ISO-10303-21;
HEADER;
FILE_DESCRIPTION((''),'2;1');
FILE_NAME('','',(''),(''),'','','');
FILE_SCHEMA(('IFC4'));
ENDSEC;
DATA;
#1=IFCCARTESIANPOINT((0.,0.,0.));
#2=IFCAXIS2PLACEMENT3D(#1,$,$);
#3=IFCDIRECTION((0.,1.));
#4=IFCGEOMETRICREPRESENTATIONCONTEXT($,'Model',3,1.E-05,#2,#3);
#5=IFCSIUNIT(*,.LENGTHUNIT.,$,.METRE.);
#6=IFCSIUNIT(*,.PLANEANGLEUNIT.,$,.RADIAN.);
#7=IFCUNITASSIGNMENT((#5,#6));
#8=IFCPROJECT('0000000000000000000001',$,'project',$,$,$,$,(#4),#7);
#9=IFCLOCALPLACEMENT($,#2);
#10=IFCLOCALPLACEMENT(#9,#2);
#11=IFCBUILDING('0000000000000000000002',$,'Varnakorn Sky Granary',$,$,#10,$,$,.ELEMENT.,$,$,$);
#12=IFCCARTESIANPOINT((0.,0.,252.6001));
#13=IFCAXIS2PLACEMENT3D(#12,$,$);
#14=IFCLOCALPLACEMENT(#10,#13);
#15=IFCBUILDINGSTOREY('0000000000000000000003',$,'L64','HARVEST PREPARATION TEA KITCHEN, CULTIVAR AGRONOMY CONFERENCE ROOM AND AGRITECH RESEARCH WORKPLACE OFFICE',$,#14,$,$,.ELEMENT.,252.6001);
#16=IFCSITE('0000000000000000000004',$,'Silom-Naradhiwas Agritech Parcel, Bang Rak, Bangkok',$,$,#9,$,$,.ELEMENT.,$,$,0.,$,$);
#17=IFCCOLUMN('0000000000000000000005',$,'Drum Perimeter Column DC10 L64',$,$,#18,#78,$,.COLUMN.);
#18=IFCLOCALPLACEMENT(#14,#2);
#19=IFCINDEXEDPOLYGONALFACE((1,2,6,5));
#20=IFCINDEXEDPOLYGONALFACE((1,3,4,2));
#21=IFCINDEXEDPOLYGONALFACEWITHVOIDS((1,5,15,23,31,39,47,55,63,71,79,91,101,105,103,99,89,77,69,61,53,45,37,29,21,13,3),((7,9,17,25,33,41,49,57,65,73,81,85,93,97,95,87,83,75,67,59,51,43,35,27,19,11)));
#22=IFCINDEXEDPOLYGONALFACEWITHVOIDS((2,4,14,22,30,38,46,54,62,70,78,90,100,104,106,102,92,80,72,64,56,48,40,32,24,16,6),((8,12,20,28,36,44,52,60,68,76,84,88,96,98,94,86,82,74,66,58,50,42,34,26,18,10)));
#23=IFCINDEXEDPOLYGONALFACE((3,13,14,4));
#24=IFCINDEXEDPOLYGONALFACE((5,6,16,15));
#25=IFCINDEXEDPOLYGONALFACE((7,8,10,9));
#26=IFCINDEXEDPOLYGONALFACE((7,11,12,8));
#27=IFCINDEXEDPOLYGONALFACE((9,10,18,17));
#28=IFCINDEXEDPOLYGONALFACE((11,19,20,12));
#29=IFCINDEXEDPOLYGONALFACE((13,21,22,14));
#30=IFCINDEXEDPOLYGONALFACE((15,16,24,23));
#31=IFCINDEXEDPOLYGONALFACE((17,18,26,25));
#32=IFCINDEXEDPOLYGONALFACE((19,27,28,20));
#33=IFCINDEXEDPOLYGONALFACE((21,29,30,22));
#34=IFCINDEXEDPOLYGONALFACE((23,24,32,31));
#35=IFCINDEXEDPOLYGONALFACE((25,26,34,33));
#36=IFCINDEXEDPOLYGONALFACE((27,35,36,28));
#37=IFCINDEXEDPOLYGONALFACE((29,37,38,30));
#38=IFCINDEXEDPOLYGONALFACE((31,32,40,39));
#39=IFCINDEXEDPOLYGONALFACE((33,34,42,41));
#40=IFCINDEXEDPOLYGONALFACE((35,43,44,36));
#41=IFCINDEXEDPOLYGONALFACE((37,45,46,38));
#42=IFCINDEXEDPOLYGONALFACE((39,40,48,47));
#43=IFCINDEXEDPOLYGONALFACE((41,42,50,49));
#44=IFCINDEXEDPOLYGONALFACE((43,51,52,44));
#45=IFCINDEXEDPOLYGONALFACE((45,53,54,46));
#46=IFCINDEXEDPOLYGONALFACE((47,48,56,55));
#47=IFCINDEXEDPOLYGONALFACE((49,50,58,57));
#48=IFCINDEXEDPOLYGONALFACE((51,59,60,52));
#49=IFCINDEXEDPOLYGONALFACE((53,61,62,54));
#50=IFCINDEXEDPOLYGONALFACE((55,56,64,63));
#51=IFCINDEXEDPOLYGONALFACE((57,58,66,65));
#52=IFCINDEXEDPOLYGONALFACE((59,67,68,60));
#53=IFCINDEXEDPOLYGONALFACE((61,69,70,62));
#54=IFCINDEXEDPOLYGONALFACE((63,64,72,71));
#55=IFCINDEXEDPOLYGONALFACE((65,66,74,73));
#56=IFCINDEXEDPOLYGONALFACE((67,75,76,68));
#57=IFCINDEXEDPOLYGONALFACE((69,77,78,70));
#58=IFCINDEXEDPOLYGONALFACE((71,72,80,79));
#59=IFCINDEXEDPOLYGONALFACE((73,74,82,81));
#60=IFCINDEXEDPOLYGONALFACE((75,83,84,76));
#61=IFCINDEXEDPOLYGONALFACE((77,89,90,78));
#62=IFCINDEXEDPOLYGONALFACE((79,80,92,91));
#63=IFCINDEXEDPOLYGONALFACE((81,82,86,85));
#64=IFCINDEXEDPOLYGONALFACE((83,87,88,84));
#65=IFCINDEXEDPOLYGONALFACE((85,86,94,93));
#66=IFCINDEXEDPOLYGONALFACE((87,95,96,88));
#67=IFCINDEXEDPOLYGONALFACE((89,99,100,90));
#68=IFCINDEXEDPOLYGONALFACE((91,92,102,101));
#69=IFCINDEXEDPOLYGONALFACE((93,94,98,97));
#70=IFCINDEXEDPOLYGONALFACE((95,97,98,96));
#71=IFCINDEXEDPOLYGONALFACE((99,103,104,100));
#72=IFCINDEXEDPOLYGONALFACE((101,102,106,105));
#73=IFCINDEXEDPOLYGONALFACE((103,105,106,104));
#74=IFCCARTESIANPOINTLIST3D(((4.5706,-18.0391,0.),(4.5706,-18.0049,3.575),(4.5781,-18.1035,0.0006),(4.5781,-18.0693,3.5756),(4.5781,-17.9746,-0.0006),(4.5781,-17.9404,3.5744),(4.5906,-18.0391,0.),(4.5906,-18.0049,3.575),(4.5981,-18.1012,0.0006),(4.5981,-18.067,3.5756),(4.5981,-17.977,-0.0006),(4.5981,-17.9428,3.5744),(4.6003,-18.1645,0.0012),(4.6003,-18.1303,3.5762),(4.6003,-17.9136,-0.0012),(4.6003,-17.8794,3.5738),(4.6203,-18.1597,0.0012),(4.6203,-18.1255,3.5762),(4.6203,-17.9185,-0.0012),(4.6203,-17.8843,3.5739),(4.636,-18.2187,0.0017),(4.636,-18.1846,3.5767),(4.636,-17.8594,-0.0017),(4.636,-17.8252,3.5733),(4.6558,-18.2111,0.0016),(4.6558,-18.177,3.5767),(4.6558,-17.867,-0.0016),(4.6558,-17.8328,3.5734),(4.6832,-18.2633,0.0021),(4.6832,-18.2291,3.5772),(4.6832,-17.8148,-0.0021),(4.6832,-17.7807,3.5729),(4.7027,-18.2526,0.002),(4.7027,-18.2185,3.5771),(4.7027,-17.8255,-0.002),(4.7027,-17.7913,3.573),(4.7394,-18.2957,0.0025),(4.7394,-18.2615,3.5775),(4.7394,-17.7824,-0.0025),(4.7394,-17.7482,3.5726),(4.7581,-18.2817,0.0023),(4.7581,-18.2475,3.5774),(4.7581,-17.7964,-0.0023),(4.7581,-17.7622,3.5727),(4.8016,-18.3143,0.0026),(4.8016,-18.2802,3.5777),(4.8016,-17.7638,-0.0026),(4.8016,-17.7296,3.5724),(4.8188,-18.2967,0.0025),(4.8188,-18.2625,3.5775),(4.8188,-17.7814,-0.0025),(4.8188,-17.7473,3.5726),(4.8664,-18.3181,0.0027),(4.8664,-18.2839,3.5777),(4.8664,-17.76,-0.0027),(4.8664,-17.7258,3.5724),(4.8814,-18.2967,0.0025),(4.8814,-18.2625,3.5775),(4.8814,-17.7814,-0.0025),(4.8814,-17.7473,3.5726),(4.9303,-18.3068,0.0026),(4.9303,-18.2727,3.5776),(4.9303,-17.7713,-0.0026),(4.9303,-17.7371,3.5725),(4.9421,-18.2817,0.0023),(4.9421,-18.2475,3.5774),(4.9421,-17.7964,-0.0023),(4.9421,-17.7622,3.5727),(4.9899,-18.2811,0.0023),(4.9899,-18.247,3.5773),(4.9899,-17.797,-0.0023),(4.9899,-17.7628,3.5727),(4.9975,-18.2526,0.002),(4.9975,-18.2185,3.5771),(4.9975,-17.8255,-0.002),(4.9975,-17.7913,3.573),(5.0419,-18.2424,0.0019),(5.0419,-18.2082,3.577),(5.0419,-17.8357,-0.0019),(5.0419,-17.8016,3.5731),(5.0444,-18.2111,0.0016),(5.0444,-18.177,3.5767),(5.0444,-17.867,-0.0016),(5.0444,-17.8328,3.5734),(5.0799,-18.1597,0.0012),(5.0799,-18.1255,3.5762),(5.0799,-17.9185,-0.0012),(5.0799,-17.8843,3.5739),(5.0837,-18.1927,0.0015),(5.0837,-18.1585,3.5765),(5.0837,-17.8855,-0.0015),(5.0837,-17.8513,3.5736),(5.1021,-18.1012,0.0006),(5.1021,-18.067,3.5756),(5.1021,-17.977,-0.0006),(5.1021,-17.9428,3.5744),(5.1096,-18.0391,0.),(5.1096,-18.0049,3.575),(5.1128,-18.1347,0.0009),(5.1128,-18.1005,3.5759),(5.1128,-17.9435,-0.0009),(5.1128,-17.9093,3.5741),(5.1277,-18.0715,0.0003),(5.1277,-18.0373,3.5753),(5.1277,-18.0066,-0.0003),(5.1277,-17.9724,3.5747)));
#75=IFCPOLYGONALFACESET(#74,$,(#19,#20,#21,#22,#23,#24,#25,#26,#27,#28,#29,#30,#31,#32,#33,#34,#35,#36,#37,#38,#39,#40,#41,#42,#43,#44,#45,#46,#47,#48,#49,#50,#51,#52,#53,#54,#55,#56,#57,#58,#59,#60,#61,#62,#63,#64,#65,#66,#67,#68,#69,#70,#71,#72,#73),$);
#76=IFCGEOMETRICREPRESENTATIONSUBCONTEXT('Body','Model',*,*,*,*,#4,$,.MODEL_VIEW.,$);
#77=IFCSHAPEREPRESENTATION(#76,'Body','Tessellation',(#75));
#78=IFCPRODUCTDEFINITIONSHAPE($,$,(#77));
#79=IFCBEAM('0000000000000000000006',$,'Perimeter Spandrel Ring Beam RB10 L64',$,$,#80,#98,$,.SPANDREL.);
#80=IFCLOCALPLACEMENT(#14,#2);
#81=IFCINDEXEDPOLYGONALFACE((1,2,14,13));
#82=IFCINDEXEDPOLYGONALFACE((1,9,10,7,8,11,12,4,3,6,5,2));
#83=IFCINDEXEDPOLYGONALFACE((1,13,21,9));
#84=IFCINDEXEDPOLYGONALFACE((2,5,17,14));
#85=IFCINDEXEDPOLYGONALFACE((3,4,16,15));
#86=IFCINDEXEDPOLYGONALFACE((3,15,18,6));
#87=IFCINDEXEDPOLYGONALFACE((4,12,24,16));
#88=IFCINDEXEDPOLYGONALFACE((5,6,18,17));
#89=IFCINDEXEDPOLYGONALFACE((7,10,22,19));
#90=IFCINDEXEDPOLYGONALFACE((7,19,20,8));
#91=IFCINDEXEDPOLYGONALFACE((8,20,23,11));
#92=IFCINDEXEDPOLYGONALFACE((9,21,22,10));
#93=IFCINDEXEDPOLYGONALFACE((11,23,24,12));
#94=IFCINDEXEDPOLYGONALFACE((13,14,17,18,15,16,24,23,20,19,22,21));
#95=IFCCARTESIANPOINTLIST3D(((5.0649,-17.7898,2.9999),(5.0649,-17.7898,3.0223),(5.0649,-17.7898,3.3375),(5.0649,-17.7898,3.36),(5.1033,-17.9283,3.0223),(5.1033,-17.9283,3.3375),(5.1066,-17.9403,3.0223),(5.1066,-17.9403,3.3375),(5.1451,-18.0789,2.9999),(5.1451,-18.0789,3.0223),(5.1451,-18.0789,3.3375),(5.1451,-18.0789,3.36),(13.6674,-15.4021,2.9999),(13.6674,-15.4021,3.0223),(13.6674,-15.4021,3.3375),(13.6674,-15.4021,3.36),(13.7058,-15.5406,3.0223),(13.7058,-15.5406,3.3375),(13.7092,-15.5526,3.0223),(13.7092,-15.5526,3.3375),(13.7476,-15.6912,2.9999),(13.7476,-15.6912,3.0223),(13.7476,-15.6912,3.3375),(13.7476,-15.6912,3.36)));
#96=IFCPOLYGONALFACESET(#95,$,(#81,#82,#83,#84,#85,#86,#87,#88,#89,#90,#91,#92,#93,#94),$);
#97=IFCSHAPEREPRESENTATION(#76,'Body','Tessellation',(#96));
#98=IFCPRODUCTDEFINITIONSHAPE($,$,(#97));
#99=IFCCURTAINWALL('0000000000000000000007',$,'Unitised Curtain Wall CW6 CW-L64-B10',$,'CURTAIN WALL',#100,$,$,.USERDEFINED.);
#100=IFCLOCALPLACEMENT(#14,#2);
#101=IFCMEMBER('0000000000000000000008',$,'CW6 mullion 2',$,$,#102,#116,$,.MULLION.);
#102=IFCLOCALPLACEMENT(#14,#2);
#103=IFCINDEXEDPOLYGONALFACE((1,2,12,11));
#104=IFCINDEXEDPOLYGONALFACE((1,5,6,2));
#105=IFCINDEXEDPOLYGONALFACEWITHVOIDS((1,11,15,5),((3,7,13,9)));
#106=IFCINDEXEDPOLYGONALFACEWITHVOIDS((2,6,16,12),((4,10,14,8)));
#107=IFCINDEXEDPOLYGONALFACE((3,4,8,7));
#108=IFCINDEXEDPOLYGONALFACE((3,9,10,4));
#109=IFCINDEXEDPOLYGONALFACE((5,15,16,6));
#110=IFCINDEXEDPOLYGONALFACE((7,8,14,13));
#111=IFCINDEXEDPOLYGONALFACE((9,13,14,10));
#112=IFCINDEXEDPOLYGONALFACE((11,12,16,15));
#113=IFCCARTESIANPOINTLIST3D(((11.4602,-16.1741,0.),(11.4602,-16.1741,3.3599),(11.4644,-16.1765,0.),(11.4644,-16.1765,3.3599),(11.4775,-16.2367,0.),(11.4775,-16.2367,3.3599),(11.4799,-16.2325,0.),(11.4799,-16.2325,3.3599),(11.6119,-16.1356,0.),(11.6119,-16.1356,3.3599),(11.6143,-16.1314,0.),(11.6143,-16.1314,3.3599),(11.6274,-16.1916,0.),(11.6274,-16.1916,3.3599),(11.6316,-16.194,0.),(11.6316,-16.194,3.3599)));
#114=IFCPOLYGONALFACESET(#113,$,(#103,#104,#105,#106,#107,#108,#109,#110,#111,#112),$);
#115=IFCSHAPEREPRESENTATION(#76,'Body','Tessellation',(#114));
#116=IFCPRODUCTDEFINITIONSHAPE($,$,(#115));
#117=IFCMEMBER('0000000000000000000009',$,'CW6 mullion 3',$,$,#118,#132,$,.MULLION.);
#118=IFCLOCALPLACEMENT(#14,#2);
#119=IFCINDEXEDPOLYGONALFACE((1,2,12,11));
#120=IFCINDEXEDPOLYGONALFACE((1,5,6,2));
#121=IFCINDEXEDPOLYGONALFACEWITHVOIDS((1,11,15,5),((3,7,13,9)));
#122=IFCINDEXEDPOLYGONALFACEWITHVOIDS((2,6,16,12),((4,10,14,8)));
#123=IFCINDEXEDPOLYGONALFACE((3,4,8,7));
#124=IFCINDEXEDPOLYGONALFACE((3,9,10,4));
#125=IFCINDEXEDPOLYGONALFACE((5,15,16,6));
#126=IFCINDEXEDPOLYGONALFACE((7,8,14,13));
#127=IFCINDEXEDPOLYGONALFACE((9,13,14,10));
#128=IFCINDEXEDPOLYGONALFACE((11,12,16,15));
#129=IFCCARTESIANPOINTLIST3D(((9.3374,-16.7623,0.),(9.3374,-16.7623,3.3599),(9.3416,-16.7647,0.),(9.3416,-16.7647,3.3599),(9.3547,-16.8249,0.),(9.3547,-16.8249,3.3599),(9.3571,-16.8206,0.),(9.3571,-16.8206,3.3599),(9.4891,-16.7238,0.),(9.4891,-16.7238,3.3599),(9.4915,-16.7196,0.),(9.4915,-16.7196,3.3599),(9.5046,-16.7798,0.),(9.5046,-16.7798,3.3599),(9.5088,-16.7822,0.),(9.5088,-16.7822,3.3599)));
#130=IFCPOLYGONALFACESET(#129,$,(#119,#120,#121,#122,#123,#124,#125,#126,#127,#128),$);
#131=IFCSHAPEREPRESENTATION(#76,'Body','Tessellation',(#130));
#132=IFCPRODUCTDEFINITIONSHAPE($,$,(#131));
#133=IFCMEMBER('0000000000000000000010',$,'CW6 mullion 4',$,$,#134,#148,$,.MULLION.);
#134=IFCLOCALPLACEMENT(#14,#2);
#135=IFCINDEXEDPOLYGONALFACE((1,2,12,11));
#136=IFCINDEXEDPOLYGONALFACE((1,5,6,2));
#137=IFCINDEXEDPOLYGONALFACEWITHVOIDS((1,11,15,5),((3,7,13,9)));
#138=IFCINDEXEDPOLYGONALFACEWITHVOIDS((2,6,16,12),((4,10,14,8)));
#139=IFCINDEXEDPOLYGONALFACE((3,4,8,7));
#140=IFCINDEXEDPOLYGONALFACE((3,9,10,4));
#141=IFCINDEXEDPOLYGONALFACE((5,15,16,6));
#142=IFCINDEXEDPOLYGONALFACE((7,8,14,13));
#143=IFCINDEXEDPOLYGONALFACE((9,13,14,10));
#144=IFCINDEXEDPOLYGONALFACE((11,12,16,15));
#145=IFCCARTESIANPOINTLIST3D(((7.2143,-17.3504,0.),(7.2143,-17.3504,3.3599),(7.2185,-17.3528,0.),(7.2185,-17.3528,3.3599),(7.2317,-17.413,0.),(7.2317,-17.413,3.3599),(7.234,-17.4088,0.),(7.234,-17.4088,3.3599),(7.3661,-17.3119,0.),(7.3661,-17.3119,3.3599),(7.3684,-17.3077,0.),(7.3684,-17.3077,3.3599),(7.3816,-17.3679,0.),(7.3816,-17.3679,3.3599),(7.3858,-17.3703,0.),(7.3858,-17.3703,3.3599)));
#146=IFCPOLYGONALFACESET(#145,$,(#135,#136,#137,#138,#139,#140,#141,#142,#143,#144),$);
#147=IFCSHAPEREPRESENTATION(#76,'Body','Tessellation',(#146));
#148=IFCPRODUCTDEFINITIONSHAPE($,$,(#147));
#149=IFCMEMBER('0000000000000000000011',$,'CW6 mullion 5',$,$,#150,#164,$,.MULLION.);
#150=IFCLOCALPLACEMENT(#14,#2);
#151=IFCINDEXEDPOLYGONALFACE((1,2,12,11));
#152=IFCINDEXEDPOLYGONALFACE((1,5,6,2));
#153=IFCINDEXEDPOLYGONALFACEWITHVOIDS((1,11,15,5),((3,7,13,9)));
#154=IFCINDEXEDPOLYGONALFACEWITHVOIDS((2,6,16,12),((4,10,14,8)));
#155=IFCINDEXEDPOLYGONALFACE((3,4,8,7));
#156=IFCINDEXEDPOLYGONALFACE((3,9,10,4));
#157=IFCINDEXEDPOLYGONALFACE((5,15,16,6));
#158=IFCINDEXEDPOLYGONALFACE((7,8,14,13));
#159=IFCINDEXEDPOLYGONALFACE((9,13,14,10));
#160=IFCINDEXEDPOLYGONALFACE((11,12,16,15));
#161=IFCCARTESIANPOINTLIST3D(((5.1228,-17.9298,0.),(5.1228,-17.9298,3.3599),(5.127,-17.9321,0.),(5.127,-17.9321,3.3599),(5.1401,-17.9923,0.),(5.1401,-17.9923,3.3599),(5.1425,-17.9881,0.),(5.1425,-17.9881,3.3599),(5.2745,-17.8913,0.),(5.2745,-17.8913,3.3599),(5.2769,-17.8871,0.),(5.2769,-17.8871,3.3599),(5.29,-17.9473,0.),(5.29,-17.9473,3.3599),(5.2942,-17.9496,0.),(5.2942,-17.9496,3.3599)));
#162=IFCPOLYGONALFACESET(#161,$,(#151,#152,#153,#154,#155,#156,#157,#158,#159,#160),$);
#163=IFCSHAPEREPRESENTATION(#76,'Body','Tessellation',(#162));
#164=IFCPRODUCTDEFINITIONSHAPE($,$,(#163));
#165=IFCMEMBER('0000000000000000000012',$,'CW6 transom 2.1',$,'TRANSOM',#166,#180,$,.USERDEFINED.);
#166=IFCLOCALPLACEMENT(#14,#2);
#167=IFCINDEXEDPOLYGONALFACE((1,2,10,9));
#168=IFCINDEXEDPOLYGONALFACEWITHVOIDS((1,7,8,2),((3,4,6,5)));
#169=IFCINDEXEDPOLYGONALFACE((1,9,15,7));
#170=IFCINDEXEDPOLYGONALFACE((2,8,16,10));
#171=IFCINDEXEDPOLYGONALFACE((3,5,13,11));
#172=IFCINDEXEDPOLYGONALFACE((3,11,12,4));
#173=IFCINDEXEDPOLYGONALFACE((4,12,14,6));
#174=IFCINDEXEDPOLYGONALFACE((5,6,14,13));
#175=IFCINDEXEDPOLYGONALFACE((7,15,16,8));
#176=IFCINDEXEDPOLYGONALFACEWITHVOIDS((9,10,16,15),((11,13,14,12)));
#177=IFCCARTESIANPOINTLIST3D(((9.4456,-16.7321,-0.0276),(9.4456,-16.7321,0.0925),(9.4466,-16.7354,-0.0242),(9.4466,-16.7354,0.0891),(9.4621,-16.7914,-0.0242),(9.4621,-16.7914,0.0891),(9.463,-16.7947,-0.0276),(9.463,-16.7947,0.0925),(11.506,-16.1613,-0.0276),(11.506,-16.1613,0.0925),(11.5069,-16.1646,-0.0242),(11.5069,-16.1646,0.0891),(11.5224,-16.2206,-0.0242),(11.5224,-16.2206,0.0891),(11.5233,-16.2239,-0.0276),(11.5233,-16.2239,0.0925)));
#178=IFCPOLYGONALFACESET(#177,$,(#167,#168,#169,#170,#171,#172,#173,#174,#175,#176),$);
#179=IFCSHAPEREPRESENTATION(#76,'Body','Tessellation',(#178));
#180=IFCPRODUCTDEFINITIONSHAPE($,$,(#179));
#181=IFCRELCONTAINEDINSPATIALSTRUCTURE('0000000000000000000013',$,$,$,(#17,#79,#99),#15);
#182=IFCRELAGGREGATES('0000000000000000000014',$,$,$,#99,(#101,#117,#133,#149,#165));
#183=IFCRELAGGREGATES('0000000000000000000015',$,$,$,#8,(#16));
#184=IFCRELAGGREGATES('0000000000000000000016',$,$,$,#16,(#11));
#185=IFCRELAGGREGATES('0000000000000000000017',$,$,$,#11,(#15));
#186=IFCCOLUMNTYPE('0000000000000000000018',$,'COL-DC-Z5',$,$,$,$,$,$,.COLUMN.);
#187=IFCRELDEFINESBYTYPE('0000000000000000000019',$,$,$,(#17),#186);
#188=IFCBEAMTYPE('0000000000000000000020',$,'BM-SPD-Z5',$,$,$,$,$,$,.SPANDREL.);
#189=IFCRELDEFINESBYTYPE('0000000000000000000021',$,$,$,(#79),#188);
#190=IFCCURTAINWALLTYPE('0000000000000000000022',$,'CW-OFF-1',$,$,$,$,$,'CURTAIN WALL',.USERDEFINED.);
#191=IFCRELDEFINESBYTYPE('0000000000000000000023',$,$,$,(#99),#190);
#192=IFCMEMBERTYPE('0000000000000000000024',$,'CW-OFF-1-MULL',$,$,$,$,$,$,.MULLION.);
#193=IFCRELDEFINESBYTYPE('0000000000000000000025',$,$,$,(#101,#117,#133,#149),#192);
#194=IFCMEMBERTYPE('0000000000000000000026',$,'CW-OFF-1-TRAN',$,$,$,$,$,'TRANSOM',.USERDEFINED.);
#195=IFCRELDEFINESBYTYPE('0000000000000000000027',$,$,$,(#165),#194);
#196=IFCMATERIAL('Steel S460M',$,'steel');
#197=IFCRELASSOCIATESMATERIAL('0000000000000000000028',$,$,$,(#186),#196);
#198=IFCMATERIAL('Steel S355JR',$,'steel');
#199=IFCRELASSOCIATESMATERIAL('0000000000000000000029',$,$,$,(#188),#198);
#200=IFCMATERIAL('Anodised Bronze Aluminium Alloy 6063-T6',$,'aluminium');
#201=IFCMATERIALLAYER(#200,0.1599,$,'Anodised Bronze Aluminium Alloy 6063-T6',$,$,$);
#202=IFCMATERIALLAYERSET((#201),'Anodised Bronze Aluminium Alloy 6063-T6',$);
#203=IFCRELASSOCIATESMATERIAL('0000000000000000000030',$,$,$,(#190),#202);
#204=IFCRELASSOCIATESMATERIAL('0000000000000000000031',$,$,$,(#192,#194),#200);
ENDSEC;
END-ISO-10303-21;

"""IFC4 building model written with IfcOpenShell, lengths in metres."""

from ifc_helpers import new_model, si_unit, direction, frame, origin, origin_2d, place, context, subcontext, project, spatial, hollow_rectangle, hollow_circle, i_section, extrude, material, layer, layer_set, material_profile, profile_set, type_object, element, aggregate, save


model = new_model("IFC4")

# Units and contexts
model_context = context("Model", 3, precision=1e-05, world=origin(), true_north=direction((0.0, 1.0)))
body_context = subcontext(model_context, "Body", "Model", "MODEL_VIEW")
ifc_project = project(units=[si_unit("LENGTHUNIT", "METRE"), si_unit("PLANEANGLEUNIT", "RADIAN")], contexts=[model_context])

# Site, building, storey
site_placement = place(None, origin())
site = spatial("IfcSite", under=ifc_project, at=site_placement, Name="Silom-Naradhiwas Agritech Parcel, Bang Rak, Bangkok", CompositionType="ELEMENT", RefElevation=0.0)
building_placement = place(site_placement, origin())
building = spatial("IfcBuilding", under=site, at=building_placement, Name="Varnakorn Sky Granary", CompositionType="ELEMENT")
storey_placement = place(building_placement, frame((0.0, 0.0, 252.6001)))
storey = spatial("IfcBuildingStorey", under=building, at=storey_placement, Name="L64", Description="HARVEST PREPARATION TEA KITCHEN, CULTIVAR AGRONOMY CONFERENCE ROOM AND AGRITECH RESEARCH WORKPLACE OFFICE", CompositionType="ELEMENT", Elevation=252.6001)

# Column
ifc_material_1 = material(Name="Steel S460M", Category="steel")
ifc_material_profile_1 = material_profile(ifc_material_1, hollow_circle(Radius=0.2795, WallThickness=0.02, at=origin_2d()), Name="CHS 559x20")
ifc_profile_set_1 = profile_set([ifc_material_profile_1], Name="Steel S460M")
column_type = type_object("IfcColumnType", Name="COL-DC-Z5", PredefinedType="COLUMN", material=ifc_profile_set_1)
column_placement = place(storey_placement, frame((4.8501, -18.0391, 0.0), z_axis=(0.0, 0.00956, 0.999954), x_axis=(-1.0, 0.0, 0.0)))
element("IfcColumn", 1, at=column_placement, inside=storey, type_object=column_type, Name="Drum Perimeter Column DC10 L64", PredefinedType="COLUMN", context=body_context, shape_type="SweptSolid", body=[
    extrude(hollow_circle(Radius=0.2795, WallThickness=0.02, at=origin_2d()), origin(), (0.0, 0.0, 1.0), 3.5752),
])

# Beam
ifc_material_2 = material(Name="Steel S355JR", Category="steel")
ifc_material_profile_2 = material_profile(ifc_material_2, i_section(OverallWidth=0.3, OverallDepth=0.3601, WebThickness=0.0125, FlangeThickness=0.0225, at=origin_2d()), Name="HE 360 B")
ifc_profile_set_2 = profile_set([ifc_material_profile_2], Name="Steel S355JR")
beam_type = type_object("IfcBeamType", Name="BM-SPD-Z5", PredefinedType="SPANDREL", material=ifc_profile_set_2)
beam_placement = place(storey_placement, frame((5.105, -17.9343, 3.1799), z_axis=(0.963573, 0.267446, 0.0), x_axis=(-0.267446, 0.963573, 0.0)))
element("IfcBeam", 2, at=beam_placement, inside=storey, type_object=beam_type, Name="Perimeter Spandrel Ring Beam RB10 L64", PredefinedType="SPANDREL", context=body_context, shape_type="SweptSolid", body=[
    extrude(i_section(OverallWidth=0.3, OverallDepth=0.3601, WebThickness=0.0125, FlangeThickness=0.0225, at=origin_2d()), origin(), (0.0, 0.0, 1.0), 8.9277),
])

# Curtain wall, members
ifc_material_3 = material(Name="Anodised Bronze Aluminium Alloy 6063-T6", Category="aluminium")
ifc_layer_1 = layer(ifc_material_3, 0.1599, Name="Anodised Bronze Aluminium Alloy 6063-T6")
ifc_layer_set_1 = layer_set([ifc_layer_1], Name="Anodised Bronze Aluminium Alloy 6063-T6")
curtain_wall_type = type_object("IfcCurtainWallType", Name="CW-OFF-1", ElementType="CURTAIN WALL", PredefinedType="USERDEFINED", material=ifc_layer_set_1)
curtain_wall_placement = place(storey_placement, origin())
curtain_wall = element("IfcCurtainWall", 3, at=curtain_wall_placement, inside=storey, type_object=curtain_wall_type, Name="Unitised Curtain Wall CW6 CW-L64-B10", ObjectType="CURTAIN WALL", PredefinedType="USERDEFINED")
ifc_material_profile_3 = material_profile(ifc_material_3, hollow_rectangle(XDim=0.0649, YDim=0.1599, WallThickness=0.0034, at=origin_2d()), Name="ALU MULL 65x160")
ifc_profile_set_3 = profile_set([ifc_material_profile_3], Name="Anodised Bronze Aluminium Alloy 6063-T6")
member_type_1 = type_object("IfcMemberType", Name="CW-OFF-1-MULL", PredefinedType="MULLION", material=ifc_profile_set_3)
member_1_placement = place(storey_placement, frame((11.5459, -16.1841, 0.0), z_axis=(0.0, 0.0, 1.0), x_axis=(0.266982, -0.963701, 0.0)))
member_1 = element("IfcMember", 4, at=member_1_placement, type_object=member_type_1, Name="CW6 mullion 2", PredefinedType="MULLION", context=body_context, shape_type="SweptSolid", body=[
    extrude(hollow_rectangle(XDim=0.0649, YDim=0.1599, WallThickness=0.0034, at=origin_2d()), origin(), (0.0, 0.0, 1.0), 3.3599),
])
member_2_placement = place(storey_placement, frame((9.4231, -16.7722, 0.0), z_axis=(0.0, 0.0, 1.0), x_axis=(0.266982, -0.963701, 0.0)))
member_2 = element("IfcMember", 5, at=member_2_placement, type_object=member_type_1, Name="CW6 mullion 3", PredefinedType="MULLION", context=body_context, shape_type="SweptSolid", body=[
    extrude(hollow_rectangle(XDim=0.0649, YDim=0.1599, WallThickness=0.0034, at=origin_2d()), origin(), (0.0, 0.0, 1.0), 3.3599),
])
member_3_placement = place(storey_placement, frame((7.3, -17.3604, 0.0), z_axis=(0.0, 0.0, 1.0), x_axis=(0.266982, -0.963701, 0.0)))
member_3 = element("IfcMember", 6, at=member_3_placement, type_object=member_type_1, Name="CW6 mullion 4", PredefinedType="MULLION", context=body_context, shape_type="SweptSolid", body=[
    extrude(hollow_rectangle(XDim=0.0649, YDim=0.1599, WallThickness=0.0034, at=origin_2d()), origin(), (0.0, 0.0, 1.0), 3.3599),
])
member_4_placement = place(storey_placement, frame((5.2085, -17.9397, 0.0), z_axis=(0.0, 0.0, 1.0), x_axis=(0.266982, -0.963701, 0.0)))
member_4 = element("IfcMember", 7, at=member_4_placement, type_object=member_type_1, Name="CW6 mullion 5", PredefinedType="MULLION", context=body_context, shape_type="SweptSolid", body=[
    extrude(hollow_rectangle(XDim=0.0649, YDim=0.1599, WallThickness=0.0034, at=origin_2d()), origin(), (0.0, 0.0, 1.0), 3.3599),
])
ifc_material_profile_4 = material_profile(ifc_material_3, hollow_rectangle(XDim=0.0649, YDim=0.1201, WallThickness=0.0034, at=origin_2d()), Name="ALU TRAN 65x120")
ifc_profile_set_4 = profile_set([ifc_material_profile_4], Name="Anodised Bronze Aluminium Alloy 6063-T6")
member_type_2 = type_object("IfcMemberType", Name="CW-OFF-1-TRAN", ElementType="TRANSOM", PredefinedType="USERDEFINED", material=ifc_profile_set_4)
member_5_placement = place(storey_placement, frame((11.5146, -16.1926, 0.0325), z_axis=(-0.963699, -0.26699, 0.0), x_axis=(0.26699, -0.963699, 0.0)))
member_5 = element("IfcMember", 8, at=member_5_placement, type_object=member_type_2, Name="CW6 transom 2.1", ObjectType="TRANSOM", PredefinedType="USERDEFINED", context=body_context, shape_type="SweptSolid", body=[
    extrude(hollow_rectangle(XDim=0.0649, YDim=0.1201, WallThickness=0.0034, at=origin_2d()), origin(), (0.0, 0.0, 1.0), 2.1379),
])

aggregate(curtain_wall, [member_1, member_2, member_3, member_4, member_5])

save(model, "model.ifc")
